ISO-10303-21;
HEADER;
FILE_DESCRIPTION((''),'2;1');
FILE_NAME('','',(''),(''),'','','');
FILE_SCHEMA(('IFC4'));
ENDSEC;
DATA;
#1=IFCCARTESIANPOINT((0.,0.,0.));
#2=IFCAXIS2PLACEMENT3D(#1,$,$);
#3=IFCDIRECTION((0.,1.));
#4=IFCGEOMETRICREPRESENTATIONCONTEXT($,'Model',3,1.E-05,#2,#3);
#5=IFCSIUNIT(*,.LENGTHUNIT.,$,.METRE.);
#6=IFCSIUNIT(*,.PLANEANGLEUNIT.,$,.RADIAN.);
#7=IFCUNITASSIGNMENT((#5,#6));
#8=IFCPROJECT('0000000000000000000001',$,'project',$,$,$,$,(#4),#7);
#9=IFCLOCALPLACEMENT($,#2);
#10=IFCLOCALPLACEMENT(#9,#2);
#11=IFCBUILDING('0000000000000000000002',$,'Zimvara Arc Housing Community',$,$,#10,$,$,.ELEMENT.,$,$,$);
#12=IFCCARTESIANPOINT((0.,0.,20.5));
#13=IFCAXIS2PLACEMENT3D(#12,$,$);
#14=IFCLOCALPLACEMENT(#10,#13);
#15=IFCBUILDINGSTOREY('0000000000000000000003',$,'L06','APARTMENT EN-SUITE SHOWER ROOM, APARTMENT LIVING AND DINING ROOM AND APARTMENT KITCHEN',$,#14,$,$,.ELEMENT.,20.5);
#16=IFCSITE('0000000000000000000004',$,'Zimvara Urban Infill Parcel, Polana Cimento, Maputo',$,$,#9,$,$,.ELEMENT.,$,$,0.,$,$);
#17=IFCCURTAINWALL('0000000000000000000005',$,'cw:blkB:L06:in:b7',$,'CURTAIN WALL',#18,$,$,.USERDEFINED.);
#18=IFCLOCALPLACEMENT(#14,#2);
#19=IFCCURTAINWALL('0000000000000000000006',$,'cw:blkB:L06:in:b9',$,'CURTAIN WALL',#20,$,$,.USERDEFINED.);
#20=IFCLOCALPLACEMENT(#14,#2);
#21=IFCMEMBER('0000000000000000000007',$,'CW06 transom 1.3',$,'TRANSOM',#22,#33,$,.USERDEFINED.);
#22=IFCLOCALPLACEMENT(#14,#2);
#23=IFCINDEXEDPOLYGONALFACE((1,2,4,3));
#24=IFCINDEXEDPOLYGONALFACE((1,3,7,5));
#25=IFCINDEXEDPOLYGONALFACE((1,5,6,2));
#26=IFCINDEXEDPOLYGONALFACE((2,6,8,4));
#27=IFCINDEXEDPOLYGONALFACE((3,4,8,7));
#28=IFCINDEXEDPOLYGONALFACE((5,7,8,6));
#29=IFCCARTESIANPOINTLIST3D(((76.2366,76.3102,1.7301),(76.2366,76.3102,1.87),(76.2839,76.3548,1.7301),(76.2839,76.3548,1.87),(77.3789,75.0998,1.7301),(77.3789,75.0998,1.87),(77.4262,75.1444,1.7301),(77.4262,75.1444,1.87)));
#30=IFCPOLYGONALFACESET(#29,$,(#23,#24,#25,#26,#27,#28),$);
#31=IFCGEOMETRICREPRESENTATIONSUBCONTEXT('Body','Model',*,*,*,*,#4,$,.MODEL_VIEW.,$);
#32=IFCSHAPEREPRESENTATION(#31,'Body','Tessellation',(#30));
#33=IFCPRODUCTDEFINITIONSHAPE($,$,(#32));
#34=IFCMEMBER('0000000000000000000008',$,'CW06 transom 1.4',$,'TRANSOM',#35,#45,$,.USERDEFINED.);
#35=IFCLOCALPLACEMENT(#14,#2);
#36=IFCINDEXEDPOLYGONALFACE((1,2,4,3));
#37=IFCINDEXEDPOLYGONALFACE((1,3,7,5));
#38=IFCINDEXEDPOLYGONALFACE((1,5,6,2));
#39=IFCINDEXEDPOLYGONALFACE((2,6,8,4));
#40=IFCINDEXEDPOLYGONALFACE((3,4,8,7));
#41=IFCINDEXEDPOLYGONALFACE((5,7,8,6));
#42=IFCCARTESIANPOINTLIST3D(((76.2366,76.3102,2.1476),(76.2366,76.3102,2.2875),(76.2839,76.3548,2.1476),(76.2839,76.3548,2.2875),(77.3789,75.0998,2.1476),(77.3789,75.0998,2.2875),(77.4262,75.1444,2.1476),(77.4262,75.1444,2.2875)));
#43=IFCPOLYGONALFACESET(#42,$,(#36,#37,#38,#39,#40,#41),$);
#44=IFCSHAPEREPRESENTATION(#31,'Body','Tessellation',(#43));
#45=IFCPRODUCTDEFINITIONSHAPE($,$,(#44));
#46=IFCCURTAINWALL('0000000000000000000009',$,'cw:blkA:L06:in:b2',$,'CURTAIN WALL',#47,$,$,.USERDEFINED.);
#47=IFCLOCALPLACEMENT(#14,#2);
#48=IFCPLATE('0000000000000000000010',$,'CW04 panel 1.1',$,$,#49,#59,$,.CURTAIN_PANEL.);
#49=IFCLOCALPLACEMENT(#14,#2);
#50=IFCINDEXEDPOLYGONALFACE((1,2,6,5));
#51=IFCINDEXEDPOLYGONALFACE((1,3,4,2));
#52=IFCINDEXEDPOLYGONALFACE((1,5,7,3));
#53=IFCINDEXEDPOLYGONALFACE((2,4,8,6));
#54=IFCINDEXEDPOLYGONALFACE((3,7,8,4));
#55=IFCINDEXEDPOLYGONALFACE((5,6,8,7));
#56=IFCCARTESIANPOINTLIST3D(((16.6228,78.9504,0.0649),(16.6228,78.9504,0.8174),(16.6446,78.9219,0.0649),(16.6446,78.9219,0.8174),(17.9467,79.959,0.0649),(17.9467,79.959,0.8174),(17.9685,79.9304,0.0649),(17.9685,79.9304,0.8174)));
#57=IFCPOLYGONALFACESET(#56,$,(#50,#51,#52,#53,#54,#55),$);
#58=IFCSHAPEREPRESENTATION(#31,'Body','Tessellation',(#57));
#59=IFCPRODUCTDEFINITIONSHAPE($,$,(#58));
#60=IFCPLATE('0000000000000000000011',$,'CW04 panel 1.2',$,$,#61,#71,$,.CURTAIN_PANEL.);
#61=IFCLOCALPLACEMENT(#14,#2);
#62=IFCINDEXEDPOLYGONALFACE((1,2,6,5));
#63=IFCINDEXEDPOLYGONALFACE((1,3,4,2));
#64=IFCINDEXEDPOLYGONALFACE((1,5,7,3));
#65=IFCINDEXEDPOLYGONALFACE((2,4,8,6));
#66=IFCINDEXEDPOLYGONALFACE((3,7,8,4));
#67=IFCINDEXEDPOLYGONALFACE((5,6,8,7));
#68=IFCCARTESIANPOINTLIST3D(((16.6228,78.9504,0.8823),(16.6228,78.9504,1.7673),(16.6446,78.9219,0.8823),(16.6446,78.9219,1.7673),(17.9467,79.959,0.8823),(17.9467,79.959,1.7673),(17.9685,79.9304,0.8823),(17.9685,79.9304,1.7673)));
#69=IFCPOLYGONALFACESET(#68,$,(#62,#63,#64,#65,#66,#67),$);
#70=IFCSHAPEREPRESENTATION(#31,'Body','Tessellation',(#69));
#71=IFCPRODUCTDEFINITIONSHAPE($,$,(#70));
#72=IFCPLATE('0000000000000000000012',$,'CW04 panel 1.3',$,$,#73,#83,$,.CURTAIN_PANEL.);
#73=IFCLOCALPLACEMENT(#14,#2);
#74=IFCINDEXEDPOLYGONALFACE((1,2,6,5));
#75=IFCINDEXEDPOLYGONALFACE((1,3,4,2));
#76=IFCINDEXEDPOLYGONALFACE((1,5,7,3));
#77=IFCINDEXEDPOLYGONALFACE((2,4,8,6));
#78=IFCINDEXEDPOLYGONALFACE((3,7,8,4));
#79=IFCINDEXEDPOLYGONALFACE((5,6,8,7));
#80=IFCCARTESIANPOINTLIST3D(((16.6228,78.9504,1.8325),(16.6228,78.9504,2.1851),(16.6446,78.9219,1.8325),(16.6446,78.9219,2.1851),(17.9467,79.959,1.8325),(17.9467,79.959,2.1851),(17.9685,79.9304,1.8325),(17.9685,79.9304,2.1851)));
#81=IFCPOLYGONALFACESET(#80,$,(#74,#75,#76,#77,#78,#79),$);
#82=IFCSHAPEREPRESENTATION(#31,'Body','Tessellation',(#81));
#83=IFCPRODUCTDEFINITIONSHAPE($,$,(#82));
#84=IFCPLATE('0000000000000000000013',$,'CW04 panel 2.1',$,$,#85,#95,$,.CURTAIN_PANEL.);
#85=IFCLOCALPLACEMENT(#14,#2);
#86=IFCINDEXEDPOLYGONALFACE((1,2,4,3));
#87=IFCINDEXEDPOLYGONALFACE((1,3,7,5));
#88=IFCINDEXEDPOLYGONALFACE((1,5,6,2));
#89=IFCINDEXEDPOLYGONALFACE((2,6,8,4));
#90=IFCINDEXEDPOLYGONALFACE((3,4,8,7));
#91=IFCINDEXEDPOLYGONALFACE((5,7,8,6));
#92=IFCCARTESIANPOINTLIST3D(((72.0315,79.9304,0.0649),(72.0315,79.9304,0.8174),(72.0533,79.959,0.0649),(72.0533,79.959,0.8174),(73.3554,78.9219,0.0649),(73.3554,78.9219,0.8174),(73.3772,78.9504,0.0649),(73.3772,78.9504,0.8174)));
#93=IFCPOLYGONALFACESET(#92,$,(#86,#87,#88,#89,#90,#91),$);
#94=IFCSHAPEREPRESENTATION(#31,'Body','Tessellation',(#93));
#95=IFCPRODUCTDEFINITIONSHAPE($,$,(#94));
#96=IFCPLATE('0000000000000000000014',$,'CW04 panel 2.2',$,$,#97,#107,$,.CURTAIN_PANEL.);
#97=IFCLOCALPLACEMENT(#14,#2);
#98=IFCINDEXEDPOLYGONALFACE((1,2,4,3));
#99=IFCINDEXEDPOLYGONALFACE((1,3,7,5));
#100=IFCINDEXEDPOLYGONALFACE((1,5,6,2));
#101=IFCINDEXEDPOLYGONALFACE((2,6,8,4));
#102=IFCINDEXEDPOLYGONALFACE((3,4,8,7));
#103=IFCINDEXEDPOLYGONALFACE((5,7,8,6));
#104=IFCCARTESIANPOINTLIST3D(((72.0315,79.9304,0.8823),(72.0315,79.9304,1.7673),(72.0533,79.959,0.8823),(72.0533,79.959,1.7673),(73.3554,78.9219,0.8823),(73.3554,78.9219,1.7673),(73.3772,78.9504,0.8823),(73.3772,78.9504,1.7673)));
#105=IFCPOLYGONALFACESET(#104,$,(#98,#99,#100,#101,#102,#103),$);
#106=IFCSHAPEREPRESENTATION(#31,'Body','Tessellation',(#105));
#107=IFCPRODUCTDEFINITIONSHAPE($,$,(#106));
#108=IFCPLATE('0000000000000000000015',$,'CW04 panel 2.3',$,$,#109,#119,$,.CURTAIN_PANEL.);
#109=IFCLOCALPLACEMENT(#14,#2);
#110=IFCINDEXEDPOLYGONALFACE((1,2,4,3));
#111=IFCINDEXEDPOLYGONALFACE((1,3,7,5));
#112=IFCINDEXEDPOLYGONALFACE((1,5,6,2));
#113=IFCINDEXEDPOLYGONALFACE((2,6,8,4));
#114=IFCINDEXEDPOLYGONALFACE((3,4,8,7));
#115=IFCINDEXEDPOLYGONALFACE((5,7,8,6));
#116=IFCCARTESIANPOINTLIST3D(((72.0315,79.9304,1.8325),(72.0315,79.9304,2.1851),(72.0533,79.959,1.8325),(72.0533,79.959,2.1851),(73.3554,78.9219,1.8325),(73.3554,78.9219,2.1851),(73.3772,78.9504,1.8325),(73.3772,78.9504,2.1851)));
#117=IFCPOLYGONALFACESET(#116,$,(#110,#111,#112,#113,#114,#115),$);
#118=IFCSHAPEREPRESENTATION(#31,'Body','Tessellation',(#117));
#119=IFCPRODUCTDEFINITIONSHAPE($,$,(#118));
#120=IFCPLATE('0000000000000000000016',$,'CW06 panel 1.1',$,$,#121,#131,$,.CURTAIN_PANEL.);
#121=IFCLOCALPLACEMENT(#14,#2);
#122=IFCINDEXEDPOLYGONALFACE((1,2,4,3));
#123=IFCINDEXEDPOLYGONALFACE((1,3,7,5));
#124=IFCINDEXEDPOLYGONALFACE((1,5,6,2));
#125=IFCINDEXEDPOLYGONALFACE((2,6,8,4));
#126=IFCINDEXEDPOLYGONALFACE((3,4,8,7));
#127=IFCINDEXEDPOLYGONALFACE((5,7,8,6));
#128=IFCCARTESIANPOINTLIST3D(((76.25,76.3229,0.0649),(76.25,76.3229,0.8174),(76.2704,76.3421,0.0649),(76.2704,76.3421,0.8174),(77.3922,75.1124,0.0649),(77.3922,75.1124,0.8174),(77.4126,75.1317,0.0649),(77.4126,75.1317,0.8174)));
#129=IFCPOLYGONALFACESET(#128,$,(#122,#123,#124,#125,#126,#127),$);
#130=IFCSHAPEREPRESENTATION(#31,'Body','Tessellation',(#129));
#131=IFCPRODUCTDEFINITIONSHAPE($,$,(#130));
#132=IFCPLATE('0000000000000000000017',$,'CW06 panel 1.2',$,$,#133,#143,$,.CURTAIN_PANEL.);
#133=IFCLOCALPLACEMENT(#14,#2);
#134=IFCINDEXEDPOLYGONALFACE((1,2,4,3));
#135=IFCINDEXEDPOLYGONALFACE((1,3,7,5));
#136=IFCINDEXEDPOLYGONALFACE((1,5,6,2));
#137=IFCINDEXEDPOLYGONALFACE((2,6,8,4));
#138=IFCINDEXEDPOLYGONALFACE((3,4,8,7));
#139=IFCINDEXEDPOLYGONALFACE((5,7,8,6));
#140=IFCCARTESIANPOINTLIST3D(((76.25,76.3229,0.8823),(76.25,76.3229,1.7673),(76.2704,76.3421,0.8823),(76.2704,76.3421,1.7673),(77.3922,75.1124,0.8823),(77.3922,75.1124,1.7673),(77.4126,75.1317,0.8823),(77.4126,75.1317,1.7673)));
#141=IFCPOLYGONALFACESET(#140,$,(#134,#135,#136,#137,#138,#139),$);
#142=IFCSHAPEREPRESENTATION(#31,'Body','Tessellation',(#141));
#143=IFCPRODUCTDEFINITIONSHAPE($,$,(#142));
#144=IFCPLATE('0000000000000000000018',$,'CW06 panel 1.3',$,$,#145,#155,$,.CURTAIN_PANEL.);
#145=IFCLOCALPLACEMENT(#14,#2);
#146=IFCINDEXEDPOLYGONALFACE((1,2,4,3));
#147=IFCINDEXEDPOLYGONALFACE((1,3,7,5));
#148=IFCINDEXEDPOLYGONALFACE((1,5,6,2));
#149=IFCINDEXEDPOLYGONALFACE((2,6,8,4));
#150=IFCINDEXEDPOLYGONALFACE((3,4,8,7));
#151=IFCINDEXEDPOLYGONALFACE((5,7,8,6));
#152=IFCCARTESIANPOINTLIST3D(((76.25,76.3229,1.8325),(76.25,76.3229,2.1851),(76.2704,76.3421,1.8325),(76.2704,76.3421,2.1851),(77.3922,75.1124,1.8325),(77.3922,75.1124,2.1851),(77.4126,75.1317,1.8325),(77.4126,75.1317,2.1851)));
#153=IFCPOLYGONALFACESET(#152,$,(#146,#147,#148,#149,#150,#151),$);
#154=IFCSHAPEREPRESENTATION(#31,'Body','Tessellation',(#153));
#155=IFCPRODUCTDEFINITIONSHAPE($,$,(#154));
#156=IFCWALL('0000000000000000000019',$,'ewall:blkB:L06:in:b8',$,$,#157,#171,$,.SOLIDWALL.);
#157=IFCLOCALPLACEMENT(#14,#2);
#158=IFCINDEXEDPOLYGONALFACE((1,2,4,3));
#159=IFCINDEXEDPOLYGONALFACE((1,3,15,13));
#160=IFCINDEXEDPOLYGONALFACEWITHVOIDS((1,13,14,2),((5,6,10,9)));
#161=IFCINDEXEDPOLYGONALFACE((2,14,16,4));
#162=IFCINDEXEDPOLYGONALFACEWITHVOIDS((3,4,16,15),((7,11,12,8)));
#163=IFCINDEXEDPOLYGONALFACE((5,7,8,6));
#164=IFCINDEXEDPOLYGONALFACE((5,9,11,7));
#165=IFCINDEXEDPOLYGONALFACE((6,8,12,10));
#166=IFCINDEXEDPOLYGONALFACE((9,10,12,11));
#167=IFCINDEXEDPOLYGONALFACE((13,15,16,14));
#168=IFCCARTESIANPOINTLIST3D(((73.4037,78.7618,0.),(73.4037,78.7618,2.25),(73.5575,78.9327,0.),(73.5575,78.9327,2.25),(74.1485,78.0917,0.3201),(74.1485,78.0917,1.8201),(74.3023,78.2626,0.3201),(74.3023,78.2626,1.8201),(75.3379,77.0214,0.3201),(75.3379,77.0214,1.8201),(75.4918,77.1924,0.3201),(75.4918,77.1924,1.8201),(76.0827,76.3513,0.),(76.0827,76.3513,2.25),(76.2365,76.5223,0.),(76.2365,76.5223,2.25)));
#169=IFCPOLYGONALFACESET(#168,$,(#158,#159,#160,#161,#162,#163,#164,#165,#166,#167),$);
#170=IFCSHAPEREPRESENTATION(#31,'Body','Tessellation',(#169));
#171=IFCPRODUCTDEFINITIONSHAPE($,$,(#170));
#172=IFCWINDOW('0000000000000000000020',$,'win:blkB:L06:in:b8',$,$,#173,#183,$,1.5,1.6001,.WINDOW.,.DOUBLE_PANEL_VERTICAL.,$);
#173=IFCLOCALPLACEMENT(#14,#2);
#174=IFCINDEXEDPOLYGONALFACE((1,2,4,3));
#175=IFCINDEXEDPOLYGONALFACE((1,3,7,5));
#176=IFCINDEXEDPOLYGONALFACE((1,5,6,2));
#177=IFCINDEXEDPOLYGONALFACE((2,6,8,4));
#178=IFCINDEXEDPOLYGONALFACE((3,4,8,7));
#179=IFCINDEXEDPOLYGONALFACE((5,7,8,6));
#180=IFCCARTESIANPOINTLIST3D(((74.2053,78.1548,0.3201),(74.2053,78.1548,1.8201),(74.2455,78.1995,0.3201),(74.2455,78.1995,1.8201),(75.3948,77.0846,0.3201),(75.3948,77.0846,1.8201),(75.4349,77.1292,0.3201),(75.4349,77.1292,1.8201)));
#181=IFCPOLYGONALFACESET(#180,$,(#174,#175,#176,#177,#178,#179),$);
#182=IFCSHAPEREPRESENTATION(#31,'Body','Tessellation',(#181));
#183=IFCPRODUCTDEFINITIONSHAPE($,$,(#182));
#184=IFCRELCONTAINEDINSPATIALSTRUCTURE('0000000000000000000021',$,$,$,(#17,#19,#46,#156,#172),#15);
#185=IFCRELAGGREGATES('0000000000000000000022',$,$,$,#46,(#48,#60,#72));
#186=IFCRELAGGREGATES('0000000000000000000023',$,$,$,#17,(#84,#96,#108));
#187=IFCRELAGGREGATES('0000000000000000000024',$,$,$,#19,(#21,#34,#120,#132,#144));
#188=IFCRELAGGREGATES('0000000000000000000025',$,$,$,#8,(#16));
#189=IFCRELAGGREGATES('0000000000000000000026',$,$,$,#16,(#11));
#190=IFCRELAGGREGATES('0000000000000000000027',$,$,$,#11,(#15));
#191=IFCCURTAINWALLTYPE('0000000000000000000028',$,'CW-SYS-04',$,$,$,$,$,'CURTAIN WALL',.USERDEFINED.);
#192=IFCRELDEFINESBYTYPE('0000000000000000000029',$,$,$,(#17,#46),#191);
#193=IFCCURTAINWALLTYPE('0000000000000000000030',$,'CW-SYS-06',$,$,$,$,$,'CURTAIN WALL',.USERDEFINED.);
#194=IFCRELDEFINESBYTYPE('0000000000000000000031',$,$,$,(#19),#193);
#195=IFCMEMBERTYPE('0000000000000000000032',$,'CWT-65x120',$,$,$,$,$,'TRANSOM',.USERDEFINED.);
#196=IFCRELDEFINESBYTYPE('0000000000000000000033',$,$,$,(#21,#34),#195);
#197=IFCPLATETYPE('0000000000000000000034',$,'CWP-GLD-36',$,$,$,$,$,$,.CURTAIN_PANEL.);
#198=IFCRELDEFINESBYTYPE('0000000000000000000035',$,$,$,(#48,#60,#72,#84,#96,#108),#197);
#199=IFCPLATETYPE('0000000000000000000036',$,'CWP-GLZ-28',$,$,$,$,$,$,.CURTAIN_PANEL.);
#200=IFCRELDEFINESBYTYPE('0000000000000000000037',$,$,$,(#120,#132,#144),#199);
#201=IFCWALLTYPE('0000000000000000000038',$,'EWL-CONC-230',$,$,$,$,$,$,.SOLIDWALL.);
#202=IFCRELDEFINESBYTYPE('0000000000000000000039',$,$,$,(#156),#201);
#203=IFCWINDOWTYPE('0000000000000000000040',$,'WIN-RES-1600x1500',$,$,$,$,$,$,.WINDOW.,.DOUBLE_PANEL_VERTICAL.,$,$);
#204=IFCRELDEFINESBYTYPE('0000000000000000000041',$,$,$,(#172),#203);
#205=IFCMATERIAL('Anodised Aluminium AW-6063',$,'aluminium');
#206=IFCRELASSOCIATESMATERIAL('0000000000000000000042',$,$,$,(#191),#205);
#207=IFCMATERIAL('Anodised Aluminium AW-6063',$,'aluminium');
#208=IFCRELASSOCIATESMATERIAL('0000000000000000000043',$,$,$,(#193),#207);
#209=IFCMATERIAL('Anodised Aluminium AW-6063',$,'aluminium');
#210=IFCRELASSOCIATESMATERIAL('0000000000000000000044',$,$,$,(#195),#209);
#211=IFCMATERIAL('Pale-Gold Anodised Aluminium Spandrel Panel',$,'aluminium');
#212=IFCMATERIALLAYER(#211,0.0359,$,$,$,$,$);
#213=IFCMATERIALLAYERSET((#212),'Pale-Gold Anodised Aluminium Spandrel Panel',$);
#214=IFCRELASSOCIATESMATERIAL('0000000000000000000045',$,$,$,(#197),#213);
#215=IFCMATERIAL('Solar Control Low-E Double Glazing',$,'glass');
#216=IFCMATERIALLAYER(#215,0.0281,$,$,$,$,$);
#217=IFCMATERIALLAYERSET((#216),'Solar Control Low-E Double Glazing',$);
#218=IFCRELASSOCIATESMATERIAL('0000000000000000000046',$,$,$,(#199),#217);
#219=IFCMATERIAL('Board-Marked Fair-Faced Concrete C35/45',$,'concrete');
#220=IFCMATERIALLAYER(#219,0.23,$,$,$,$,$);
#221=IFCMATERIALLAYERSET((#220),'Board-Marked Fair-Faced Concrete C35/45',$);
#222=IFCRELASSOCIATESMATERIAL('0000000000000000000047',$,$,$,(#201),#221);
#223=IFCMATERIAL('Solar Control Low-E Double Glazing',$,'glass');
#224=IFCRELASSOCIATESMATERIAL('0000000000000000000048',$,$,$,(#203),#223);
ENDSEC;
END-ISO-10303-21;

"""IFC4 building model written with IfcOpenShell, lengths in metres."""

from ifc_helpers import new_model, si_unit, direction, frame, frame_2d, origin, origin_2d, place, context, subcontext, project, spatial, rectangle, extrude, material, layer, layer_set, material_profile, profile_set, type_object, element, fill, aggregate, save


model = new_model("IFC4")

# Units and contexts
model_context = context("Model", 3, precision=1e-05, world=origin(), true_north=direction((0.0, 1.0)))
body_context = subcontext(model_context, "Body", "Model", "MODEL_VIEW")
ifc_project = project(units=[si_unit("LENGTHUNIT", "METRE"), si_unit("PLANEANGLEUNIT", "RADIAN")], contexts=[model_context])

# Site, building, storey
site_placement = place(None, origin())
site = spatial("IfcSite", under=ifc_project, at=site_placement, Name="Zimvara Urban Infill Parcel, Polana Cimento, Maputo", CompositionType="ELEMENT", RefElevation=0.0)
building_placement = place(site_placement, origin())
building = spatial("IfcBuilding", under=site, at=building_placement, Name="Zimvara Arc Housing Community", CompositionType="ELEMENT")
storey_placement = place(building_placement, frame((0.0, 0.0, 20.5)))
storey = spatial("IfcBuildingStorey", under=building, at=storey_placement, Name="L06", Description="APARTMENT EN-SUITE SHOWER ROOM, APARTMENT LIVING AND DINING ROOM AND APARTMENT KITCHEN", CompositionType="ELEMENT", Elevation=20.5)

# Curtain wall
ifc_material_1 = material(Name="Anodised Aluminium AW-6063", Category="aluminium")
curtain_wall_type_1 = type_object("IfcCurtainWallType", Name="CW-SYS-04", ElementType="CURTAIN WALL", PredefinedType="USERDEFINED", material=ifc_material_1)
curtain_wall_1_placement = place(storey_placement, origin())
curtain_wall_1 = element("IfcCurtainWall", 1, at=curtain_wall_1_placement, inside=storey, type_object=curtain_wall_type_1, Name="cw:blkB:L06:in:b7", ObjectType="CURTAIN WALL", PredefinedType="USERDEFINED")

# Curtain wall, members
ifc_material_2 = material(Name="Anodised Aluminium AW-6063", Category="aluminium")
curtain_wall_type_2 = type_object("IfcCurtainWallType", Name="CW-SYS-06", ElementType="CURTAIN WALL", PredefinedType="USERDEFINED", material=ifc_material_2)
curtain_wall_2_placement = place(storey_placement, origin())
curtain_wall_2 = element("IfcCurtainWall", 2, at=curtain_wall_2_placement, inside=storey, type_object=curtain_wall_type_2, Name="cw:blkB:L06:in:b9", ObjectType="CURTAIN WALL", PredefinedType="USERDEFINED")
ifc_material_3 = material(Name="Anodised Aluminium AW-6063", Category="aluminium")
ifc_material_profile_1 = material_profile(ifc_material_3, rectangle(XDim=0.0649, YDim=0.1399, at=origin_2d()), Name="ALU 65x140")
ifc_profile_set_1 = profile_set([ifc_material_profile_1], Name="Anodised Aluminium AW-6063")
member_type_1 = type_object("IfcMemberType", Name="CWT-65x120", ElementType="TRANSOM", PredefinedType="USERDEFINED", material=ifc_profile_set_1)
member_1_placement = place(storey_placement, frame((76.2603, 76.3325, 1.8), z_axis=(0.686348, -0.727273, 0.0), x_axis=(0.727273, 0.686348, 0.0)))
member_1 = element("IfcMember", 3, at=member_1_placement, type_object=member_type_1, Name="CW06 transom 1.3", ObjectType="TRANSOM", PredefinedType="USERDEFINED", context=body_context, shape_type="SweptSolid", body=[
    extrude(rectangle(XDim=0.0649, YDim=0.1399, at=origin_2d()), origin(), (0.0, 0.0, 1.0), 1.6643),
])
member_2_placement = place(storey_placement, frame((76.2603, 76.3325, 2.2175), z_axis=(0.686348, -0.727273, 0.0), x_axis=(0.727273, 0.686348, 0.0)))
member_2 = element("IfcMember", 4, at=member_2_placement, type_object=member_type_1, Name="CW06 transom 1.4", ObjectType="TRANSOM", PredefinedType="USERDEFINED", context=body_context, shape_type="SweptSolid", body=[
    extrude(rectangle(XDim=0.0649, YDim=0.1399, at=origin_2d()), origin(), (0.0, 0.0, 1.0), 1.6643),
])

# Curtain wall, plates
curtain_wall_3_placement = place(storey_placement, origin())
curtain_wall_3 = element("IfcCurtainWall", 5, at=curtain_wall_3_placement, inside=storey, type_object=curtain_wall_type_1, Name="cw:blkA:L06:in:b2", ObjectType="CURTAIN WALL", PredefinedType="USERDEFINED")
ifc_material_4 = material(Name="Pale-Gold Anodised Aluminium Spandrel Panel", Category="aluminium")
ifc_layer_1 = layer(ifc_material_4, 0.0359)
ifc_layer_set_1 = layer_set([ifc_layer_1], Name="Pale-Gold Anodised Aluminium Spandrel Panel")
plate_type_1 = type_object("IfcPlateType", Name="CWP-GLD-36", PredefinedType="CURTAIN_PANEL", material=ifc_layer_set_1)
plate_1_placement = place(storey_placement, frame((17.2957, 79.4404, 0.0649), z_axis=(0.0, 0.0, 1.0), x_axis=(0.795474, 0.605988, 0.0)))
plate_1 = element("IfcPlate", 6, at=plate_1_placement, type_object=plate_type_1, Name="CW04 panel 1.1", PredefinedType="CURTAIN_PANEL", context=body_context, shape_type="SweptSolid", body=[
    extrude(rectangle(XDim=1.6643, YDim=0.0359, at=origin_2d()), origin(), (0.0, 0.0, 1.0), 0.7524),
])
plate_2_placement = place(storey_placement, frame((17.2957, 79.4404, 0.8823), z_axis=(0.0, 0.0, 1.0), x_axis=(0.795474, 0.605988, 0.0)))
plate_2 = element("IfcPlate", 7, at=plate_2_placement, type_object=plate_type_1, Name="CW04 panel 1.2", PredefinedType="CURTAIN_PANEL", context=body_context, shape_type="SweptSolid", body=[
    extrude(rectangle(XDim=1.6643, YDim=0.0359, at=origin_2d()), origin(), (0.0, 0.0, 1.0), 0.885),
])
plate_3_placement = place(storey_placement, frame((17.2957, 79.4404, 1.8325), z_axis=(0.0, 0.0, 1.0), x_axis=(0.795474, 0.605988, 0.0)))
plate_3 = element("IfcPlate", 8, at=plate_3_placement, type_object=plate_type_1, Name="CW04 panel 1.3", PredefinedType="CURTAIN_PANEL", context=body_context, shape_type="SweptSolid", body=[
    extrude(rectangle(XDim=1.6643, YDim=0.0359, at=origin_2d()), origin(), (0.0, 0.0, 1.0), 0.3525),
])
aggregate(curtain_wall_3, [plate_1, plate_2, plate_3])

# Plates
plate_4_placement = place(storey_placement, frame((72.7043, 79.4404, 0.0649), z_axis=(0.0, 0.0, 1.0), x_axis=(0.795474, -0.605988, 0.0)))
plate_4 = element("IfcPlate", 9, at=plate_4_placement, type_object=plate_type_1, Name="CW04 panel 2.1", PredefinedType="CURTAIN_PANEL", context=body_context, shape_type="SweptSolid", body=[
    extrude(rectangle(XDim=1.6643, YDim=0.0359, at=origin_2d()), origin(), (0.0, 0.0, 1.0), 0.7524),
])
plate_5_placement = place(storey_placement, frame((72.7043, 79.4404, 0.8823), z_axis=(0.0, 0.0, 1.0), x_axis=(0.795474, -0.605988, 0.0)))
plate_5 = element("IfcPlate", 10, at=plate_5_placement, type_object=plate_type_1, Name="CW04 panel 2.2", PredefinedType="CURTAIN_PANEL", context=body_context, shape_type="SweptSolid", body=[
    extrude(rectangle(XDim=1.6643, YDim=0.0359, at=origin_2d()), origin(), (0.0, 0.0, 1.0), 0.885),
])
plate_6_placement = place(storey_placement, frame((72.7043, 79.4404, 1.8325), z_axis=(0.0, 0.0, 1.0), x_axis=(0.795474, -0.605988, 0.0)))
plate_6 = element("IfcPlate", 11, at=plate_6_placement, type_object=plate_type_1, Name="CW04 panel 2.3", PredefinedType="CURTAIN_PANEL", context=body_context, shape_type="SweptSolid", body=[
    extrude(rectangle(XDim=1.6643, YDim=0.0359, at=origin_2d()), origin(), (0.0, 0.0, 1.0), 0.3525),
])
aggregate(curtain_wall_1, [plate_4, plate_5, plate_6])
ifc_material_5 = material(Name="Solar Control Low-E Double Glazing", Category="glass")
ifc_layer_2 = layer(ifc_material_5, 0.0281)
ifc_layer_set_2 = layer_set([ifc_layer_2], Name="Solar Control Low-E Double Glazing")
plate_type_2 = type_object("IfcPlateType", Name="CWP-GLZ-28", PredefinedType="CURTAIN_PANEL", material=ifc_layer_set_2)
plate_7_placement = place(storey_placement, frame((76.8313, 75.7273, 0.0649), z_axis=(0.0, 0.0, 1.0), x_axis=(0.686327, -0.727293, 0.0)))
plate_7 = element("IfcPlate", 12, at=plate_7_placement, type_object=plate_type_2, Name="CW06 panel 1.1", PredefinedType="CURTAIN_PANEL", context=body_context, shape_type="SweptSolid", body=[
    extrude(rectangle(XDim=1.6643, YDim=0.0281, at=origin_2d()), origin(), (0.0, 0.0, 1.0), 0.7524),
])
plate_8_placement = place(storey_placement, frame((76.8313, 75.7273, 0.8823), z_axis=(0.0, 0.0, 1.0), x_axis=(0.686327, -0.727293, 0.0)))
plate_8 = element("IfcPlate", 13, at=plate_8_placement, type_object=plate_type_2, Name="CW06 panel 1.2", PredefinedType="CURTAIN_PANEL", context=body_context, shape_type="SweptSolid", body=[
    extrude(rectangle(XDim=1.6643, YDim=0.0281, at=origin_2d()), origin(), (0.0, 0.0, 1.0), 0.885),
])
plate_9_placement = place(storey_placement, frame((76.8313, 75.7273, 1.8325), z_axis=(0.0, 0.0, 1.0), x_axis=(0.686327, -0.727293, 0.0)))
plate_9 = element("IfcPlate", 14, at=plate_9_placement, type_object=plate_type_2, Name="CW06 panel 1.3", PredefinedType="CURTAIN_PANEL", context=body_context, shape_type="SweptSolid", body=[
    extrude(rectangle(XDim=1.6643, YDim=0.0281, at=origin_2d()), origin(), (0.0, 0.0, 1.0), 0.3525),
])
aggregate(curtain_wall_2, [member_1, member_2, plate_7, plate_8, plate_9])

# Wall, opening, window
ifc_material_6 = material(Name="Board-Marked Fair-Faced Concrete C35/45", Category="concrete")
ifc_layer_3 = layer(ifc_material_6, 0.23)
ifc_layer_set_3 = layer_set([ifc_layer_3], Name="Board-Marked Fair-Faced Concrete C35/45")
wall_type_1 = type_object("IfcWallType", Name="EWL-CONC-230", PredefinedType="SOLIDWALL", material=ifc_layer_set_3)
wall_1_placement = place(storey_placement, frame((73.4807, 78.8472, 0.0), z_axis=(0.0, 0.0, 1.0), x_axis=(0.743385, -0.668864, 0.0)))
wall_1 = element("IfcWall", 15, at=wall_1_placement, inside=storey, type_object=wall_type_1, Name="ewall:blkB:L06:in:b8", PredefinedType="SOLIDWALL", context=body_context, shape_type="SweptSolid", body=[
    extrude(rectangle(XDim=3.6038, YDim=0.23, at=frame_2d((1.8018, 0.0))), origin(), (0.0, 0.0, 1.0), 2.25),
])
opening_1_placement = place(wall_1_placement, frame((1.0017, 0.0, 0.3201)))
opening_1 = element("IfcOpeningElement", 16, at=opening_1_placement, cuts=wall_1, PredefinedType="OPENING", context=body_context, shape_type="SweptSolid", body=[
    extrude(rectangle(XDim=1.6001, YDim=1.5, at=frame_2d((0.8, 0.75))), frame((0.0, 0.125, 0.0), z_axis=(0.0, -1.0, 0.0), x_axis=(1.0, 0.0, 0.0)), (0.0, 0.0, 1.0), 0.25),
])
ifc_material_7 = material(Name="Solar Control Low-E Double Glazing", Category="glass")
window_type = type_object("IfcWindowType", Name="WIN-RES-1600x1500", PartitioningType="DOUBLE_PANEL_VERTICAL", PredefinedType="WINDOW", material=ifc_material_7)
window_placement = place(opening_1_placement, origin())
window = element("IfcWindow", 17, at=window_placement, inside=storey, type_object=window_type, Name="win:blkB:L06:in:b8", OverallHeight=1.5, OverallWidth=1.6001, PartitioningType="DOUBLE_PANEL_VERTICAL", PredefinedType="WINDOW", context=body_context, shape_type="SweptSolid", body=[
    extrude(rectangle(XDim=1.6001, YDim=1.5, at=frame_2d((0.8, 0.75))), frame((0.0, 0.03, 0.0), z_axis=(0.0, -1.0, 0.0), x_axis=(1.0, 0.0, 0.0)), (0.0, 0.0, 1.0), 0.0601),
])
fill(opening_1, window)

save(model, "model.ifc")
